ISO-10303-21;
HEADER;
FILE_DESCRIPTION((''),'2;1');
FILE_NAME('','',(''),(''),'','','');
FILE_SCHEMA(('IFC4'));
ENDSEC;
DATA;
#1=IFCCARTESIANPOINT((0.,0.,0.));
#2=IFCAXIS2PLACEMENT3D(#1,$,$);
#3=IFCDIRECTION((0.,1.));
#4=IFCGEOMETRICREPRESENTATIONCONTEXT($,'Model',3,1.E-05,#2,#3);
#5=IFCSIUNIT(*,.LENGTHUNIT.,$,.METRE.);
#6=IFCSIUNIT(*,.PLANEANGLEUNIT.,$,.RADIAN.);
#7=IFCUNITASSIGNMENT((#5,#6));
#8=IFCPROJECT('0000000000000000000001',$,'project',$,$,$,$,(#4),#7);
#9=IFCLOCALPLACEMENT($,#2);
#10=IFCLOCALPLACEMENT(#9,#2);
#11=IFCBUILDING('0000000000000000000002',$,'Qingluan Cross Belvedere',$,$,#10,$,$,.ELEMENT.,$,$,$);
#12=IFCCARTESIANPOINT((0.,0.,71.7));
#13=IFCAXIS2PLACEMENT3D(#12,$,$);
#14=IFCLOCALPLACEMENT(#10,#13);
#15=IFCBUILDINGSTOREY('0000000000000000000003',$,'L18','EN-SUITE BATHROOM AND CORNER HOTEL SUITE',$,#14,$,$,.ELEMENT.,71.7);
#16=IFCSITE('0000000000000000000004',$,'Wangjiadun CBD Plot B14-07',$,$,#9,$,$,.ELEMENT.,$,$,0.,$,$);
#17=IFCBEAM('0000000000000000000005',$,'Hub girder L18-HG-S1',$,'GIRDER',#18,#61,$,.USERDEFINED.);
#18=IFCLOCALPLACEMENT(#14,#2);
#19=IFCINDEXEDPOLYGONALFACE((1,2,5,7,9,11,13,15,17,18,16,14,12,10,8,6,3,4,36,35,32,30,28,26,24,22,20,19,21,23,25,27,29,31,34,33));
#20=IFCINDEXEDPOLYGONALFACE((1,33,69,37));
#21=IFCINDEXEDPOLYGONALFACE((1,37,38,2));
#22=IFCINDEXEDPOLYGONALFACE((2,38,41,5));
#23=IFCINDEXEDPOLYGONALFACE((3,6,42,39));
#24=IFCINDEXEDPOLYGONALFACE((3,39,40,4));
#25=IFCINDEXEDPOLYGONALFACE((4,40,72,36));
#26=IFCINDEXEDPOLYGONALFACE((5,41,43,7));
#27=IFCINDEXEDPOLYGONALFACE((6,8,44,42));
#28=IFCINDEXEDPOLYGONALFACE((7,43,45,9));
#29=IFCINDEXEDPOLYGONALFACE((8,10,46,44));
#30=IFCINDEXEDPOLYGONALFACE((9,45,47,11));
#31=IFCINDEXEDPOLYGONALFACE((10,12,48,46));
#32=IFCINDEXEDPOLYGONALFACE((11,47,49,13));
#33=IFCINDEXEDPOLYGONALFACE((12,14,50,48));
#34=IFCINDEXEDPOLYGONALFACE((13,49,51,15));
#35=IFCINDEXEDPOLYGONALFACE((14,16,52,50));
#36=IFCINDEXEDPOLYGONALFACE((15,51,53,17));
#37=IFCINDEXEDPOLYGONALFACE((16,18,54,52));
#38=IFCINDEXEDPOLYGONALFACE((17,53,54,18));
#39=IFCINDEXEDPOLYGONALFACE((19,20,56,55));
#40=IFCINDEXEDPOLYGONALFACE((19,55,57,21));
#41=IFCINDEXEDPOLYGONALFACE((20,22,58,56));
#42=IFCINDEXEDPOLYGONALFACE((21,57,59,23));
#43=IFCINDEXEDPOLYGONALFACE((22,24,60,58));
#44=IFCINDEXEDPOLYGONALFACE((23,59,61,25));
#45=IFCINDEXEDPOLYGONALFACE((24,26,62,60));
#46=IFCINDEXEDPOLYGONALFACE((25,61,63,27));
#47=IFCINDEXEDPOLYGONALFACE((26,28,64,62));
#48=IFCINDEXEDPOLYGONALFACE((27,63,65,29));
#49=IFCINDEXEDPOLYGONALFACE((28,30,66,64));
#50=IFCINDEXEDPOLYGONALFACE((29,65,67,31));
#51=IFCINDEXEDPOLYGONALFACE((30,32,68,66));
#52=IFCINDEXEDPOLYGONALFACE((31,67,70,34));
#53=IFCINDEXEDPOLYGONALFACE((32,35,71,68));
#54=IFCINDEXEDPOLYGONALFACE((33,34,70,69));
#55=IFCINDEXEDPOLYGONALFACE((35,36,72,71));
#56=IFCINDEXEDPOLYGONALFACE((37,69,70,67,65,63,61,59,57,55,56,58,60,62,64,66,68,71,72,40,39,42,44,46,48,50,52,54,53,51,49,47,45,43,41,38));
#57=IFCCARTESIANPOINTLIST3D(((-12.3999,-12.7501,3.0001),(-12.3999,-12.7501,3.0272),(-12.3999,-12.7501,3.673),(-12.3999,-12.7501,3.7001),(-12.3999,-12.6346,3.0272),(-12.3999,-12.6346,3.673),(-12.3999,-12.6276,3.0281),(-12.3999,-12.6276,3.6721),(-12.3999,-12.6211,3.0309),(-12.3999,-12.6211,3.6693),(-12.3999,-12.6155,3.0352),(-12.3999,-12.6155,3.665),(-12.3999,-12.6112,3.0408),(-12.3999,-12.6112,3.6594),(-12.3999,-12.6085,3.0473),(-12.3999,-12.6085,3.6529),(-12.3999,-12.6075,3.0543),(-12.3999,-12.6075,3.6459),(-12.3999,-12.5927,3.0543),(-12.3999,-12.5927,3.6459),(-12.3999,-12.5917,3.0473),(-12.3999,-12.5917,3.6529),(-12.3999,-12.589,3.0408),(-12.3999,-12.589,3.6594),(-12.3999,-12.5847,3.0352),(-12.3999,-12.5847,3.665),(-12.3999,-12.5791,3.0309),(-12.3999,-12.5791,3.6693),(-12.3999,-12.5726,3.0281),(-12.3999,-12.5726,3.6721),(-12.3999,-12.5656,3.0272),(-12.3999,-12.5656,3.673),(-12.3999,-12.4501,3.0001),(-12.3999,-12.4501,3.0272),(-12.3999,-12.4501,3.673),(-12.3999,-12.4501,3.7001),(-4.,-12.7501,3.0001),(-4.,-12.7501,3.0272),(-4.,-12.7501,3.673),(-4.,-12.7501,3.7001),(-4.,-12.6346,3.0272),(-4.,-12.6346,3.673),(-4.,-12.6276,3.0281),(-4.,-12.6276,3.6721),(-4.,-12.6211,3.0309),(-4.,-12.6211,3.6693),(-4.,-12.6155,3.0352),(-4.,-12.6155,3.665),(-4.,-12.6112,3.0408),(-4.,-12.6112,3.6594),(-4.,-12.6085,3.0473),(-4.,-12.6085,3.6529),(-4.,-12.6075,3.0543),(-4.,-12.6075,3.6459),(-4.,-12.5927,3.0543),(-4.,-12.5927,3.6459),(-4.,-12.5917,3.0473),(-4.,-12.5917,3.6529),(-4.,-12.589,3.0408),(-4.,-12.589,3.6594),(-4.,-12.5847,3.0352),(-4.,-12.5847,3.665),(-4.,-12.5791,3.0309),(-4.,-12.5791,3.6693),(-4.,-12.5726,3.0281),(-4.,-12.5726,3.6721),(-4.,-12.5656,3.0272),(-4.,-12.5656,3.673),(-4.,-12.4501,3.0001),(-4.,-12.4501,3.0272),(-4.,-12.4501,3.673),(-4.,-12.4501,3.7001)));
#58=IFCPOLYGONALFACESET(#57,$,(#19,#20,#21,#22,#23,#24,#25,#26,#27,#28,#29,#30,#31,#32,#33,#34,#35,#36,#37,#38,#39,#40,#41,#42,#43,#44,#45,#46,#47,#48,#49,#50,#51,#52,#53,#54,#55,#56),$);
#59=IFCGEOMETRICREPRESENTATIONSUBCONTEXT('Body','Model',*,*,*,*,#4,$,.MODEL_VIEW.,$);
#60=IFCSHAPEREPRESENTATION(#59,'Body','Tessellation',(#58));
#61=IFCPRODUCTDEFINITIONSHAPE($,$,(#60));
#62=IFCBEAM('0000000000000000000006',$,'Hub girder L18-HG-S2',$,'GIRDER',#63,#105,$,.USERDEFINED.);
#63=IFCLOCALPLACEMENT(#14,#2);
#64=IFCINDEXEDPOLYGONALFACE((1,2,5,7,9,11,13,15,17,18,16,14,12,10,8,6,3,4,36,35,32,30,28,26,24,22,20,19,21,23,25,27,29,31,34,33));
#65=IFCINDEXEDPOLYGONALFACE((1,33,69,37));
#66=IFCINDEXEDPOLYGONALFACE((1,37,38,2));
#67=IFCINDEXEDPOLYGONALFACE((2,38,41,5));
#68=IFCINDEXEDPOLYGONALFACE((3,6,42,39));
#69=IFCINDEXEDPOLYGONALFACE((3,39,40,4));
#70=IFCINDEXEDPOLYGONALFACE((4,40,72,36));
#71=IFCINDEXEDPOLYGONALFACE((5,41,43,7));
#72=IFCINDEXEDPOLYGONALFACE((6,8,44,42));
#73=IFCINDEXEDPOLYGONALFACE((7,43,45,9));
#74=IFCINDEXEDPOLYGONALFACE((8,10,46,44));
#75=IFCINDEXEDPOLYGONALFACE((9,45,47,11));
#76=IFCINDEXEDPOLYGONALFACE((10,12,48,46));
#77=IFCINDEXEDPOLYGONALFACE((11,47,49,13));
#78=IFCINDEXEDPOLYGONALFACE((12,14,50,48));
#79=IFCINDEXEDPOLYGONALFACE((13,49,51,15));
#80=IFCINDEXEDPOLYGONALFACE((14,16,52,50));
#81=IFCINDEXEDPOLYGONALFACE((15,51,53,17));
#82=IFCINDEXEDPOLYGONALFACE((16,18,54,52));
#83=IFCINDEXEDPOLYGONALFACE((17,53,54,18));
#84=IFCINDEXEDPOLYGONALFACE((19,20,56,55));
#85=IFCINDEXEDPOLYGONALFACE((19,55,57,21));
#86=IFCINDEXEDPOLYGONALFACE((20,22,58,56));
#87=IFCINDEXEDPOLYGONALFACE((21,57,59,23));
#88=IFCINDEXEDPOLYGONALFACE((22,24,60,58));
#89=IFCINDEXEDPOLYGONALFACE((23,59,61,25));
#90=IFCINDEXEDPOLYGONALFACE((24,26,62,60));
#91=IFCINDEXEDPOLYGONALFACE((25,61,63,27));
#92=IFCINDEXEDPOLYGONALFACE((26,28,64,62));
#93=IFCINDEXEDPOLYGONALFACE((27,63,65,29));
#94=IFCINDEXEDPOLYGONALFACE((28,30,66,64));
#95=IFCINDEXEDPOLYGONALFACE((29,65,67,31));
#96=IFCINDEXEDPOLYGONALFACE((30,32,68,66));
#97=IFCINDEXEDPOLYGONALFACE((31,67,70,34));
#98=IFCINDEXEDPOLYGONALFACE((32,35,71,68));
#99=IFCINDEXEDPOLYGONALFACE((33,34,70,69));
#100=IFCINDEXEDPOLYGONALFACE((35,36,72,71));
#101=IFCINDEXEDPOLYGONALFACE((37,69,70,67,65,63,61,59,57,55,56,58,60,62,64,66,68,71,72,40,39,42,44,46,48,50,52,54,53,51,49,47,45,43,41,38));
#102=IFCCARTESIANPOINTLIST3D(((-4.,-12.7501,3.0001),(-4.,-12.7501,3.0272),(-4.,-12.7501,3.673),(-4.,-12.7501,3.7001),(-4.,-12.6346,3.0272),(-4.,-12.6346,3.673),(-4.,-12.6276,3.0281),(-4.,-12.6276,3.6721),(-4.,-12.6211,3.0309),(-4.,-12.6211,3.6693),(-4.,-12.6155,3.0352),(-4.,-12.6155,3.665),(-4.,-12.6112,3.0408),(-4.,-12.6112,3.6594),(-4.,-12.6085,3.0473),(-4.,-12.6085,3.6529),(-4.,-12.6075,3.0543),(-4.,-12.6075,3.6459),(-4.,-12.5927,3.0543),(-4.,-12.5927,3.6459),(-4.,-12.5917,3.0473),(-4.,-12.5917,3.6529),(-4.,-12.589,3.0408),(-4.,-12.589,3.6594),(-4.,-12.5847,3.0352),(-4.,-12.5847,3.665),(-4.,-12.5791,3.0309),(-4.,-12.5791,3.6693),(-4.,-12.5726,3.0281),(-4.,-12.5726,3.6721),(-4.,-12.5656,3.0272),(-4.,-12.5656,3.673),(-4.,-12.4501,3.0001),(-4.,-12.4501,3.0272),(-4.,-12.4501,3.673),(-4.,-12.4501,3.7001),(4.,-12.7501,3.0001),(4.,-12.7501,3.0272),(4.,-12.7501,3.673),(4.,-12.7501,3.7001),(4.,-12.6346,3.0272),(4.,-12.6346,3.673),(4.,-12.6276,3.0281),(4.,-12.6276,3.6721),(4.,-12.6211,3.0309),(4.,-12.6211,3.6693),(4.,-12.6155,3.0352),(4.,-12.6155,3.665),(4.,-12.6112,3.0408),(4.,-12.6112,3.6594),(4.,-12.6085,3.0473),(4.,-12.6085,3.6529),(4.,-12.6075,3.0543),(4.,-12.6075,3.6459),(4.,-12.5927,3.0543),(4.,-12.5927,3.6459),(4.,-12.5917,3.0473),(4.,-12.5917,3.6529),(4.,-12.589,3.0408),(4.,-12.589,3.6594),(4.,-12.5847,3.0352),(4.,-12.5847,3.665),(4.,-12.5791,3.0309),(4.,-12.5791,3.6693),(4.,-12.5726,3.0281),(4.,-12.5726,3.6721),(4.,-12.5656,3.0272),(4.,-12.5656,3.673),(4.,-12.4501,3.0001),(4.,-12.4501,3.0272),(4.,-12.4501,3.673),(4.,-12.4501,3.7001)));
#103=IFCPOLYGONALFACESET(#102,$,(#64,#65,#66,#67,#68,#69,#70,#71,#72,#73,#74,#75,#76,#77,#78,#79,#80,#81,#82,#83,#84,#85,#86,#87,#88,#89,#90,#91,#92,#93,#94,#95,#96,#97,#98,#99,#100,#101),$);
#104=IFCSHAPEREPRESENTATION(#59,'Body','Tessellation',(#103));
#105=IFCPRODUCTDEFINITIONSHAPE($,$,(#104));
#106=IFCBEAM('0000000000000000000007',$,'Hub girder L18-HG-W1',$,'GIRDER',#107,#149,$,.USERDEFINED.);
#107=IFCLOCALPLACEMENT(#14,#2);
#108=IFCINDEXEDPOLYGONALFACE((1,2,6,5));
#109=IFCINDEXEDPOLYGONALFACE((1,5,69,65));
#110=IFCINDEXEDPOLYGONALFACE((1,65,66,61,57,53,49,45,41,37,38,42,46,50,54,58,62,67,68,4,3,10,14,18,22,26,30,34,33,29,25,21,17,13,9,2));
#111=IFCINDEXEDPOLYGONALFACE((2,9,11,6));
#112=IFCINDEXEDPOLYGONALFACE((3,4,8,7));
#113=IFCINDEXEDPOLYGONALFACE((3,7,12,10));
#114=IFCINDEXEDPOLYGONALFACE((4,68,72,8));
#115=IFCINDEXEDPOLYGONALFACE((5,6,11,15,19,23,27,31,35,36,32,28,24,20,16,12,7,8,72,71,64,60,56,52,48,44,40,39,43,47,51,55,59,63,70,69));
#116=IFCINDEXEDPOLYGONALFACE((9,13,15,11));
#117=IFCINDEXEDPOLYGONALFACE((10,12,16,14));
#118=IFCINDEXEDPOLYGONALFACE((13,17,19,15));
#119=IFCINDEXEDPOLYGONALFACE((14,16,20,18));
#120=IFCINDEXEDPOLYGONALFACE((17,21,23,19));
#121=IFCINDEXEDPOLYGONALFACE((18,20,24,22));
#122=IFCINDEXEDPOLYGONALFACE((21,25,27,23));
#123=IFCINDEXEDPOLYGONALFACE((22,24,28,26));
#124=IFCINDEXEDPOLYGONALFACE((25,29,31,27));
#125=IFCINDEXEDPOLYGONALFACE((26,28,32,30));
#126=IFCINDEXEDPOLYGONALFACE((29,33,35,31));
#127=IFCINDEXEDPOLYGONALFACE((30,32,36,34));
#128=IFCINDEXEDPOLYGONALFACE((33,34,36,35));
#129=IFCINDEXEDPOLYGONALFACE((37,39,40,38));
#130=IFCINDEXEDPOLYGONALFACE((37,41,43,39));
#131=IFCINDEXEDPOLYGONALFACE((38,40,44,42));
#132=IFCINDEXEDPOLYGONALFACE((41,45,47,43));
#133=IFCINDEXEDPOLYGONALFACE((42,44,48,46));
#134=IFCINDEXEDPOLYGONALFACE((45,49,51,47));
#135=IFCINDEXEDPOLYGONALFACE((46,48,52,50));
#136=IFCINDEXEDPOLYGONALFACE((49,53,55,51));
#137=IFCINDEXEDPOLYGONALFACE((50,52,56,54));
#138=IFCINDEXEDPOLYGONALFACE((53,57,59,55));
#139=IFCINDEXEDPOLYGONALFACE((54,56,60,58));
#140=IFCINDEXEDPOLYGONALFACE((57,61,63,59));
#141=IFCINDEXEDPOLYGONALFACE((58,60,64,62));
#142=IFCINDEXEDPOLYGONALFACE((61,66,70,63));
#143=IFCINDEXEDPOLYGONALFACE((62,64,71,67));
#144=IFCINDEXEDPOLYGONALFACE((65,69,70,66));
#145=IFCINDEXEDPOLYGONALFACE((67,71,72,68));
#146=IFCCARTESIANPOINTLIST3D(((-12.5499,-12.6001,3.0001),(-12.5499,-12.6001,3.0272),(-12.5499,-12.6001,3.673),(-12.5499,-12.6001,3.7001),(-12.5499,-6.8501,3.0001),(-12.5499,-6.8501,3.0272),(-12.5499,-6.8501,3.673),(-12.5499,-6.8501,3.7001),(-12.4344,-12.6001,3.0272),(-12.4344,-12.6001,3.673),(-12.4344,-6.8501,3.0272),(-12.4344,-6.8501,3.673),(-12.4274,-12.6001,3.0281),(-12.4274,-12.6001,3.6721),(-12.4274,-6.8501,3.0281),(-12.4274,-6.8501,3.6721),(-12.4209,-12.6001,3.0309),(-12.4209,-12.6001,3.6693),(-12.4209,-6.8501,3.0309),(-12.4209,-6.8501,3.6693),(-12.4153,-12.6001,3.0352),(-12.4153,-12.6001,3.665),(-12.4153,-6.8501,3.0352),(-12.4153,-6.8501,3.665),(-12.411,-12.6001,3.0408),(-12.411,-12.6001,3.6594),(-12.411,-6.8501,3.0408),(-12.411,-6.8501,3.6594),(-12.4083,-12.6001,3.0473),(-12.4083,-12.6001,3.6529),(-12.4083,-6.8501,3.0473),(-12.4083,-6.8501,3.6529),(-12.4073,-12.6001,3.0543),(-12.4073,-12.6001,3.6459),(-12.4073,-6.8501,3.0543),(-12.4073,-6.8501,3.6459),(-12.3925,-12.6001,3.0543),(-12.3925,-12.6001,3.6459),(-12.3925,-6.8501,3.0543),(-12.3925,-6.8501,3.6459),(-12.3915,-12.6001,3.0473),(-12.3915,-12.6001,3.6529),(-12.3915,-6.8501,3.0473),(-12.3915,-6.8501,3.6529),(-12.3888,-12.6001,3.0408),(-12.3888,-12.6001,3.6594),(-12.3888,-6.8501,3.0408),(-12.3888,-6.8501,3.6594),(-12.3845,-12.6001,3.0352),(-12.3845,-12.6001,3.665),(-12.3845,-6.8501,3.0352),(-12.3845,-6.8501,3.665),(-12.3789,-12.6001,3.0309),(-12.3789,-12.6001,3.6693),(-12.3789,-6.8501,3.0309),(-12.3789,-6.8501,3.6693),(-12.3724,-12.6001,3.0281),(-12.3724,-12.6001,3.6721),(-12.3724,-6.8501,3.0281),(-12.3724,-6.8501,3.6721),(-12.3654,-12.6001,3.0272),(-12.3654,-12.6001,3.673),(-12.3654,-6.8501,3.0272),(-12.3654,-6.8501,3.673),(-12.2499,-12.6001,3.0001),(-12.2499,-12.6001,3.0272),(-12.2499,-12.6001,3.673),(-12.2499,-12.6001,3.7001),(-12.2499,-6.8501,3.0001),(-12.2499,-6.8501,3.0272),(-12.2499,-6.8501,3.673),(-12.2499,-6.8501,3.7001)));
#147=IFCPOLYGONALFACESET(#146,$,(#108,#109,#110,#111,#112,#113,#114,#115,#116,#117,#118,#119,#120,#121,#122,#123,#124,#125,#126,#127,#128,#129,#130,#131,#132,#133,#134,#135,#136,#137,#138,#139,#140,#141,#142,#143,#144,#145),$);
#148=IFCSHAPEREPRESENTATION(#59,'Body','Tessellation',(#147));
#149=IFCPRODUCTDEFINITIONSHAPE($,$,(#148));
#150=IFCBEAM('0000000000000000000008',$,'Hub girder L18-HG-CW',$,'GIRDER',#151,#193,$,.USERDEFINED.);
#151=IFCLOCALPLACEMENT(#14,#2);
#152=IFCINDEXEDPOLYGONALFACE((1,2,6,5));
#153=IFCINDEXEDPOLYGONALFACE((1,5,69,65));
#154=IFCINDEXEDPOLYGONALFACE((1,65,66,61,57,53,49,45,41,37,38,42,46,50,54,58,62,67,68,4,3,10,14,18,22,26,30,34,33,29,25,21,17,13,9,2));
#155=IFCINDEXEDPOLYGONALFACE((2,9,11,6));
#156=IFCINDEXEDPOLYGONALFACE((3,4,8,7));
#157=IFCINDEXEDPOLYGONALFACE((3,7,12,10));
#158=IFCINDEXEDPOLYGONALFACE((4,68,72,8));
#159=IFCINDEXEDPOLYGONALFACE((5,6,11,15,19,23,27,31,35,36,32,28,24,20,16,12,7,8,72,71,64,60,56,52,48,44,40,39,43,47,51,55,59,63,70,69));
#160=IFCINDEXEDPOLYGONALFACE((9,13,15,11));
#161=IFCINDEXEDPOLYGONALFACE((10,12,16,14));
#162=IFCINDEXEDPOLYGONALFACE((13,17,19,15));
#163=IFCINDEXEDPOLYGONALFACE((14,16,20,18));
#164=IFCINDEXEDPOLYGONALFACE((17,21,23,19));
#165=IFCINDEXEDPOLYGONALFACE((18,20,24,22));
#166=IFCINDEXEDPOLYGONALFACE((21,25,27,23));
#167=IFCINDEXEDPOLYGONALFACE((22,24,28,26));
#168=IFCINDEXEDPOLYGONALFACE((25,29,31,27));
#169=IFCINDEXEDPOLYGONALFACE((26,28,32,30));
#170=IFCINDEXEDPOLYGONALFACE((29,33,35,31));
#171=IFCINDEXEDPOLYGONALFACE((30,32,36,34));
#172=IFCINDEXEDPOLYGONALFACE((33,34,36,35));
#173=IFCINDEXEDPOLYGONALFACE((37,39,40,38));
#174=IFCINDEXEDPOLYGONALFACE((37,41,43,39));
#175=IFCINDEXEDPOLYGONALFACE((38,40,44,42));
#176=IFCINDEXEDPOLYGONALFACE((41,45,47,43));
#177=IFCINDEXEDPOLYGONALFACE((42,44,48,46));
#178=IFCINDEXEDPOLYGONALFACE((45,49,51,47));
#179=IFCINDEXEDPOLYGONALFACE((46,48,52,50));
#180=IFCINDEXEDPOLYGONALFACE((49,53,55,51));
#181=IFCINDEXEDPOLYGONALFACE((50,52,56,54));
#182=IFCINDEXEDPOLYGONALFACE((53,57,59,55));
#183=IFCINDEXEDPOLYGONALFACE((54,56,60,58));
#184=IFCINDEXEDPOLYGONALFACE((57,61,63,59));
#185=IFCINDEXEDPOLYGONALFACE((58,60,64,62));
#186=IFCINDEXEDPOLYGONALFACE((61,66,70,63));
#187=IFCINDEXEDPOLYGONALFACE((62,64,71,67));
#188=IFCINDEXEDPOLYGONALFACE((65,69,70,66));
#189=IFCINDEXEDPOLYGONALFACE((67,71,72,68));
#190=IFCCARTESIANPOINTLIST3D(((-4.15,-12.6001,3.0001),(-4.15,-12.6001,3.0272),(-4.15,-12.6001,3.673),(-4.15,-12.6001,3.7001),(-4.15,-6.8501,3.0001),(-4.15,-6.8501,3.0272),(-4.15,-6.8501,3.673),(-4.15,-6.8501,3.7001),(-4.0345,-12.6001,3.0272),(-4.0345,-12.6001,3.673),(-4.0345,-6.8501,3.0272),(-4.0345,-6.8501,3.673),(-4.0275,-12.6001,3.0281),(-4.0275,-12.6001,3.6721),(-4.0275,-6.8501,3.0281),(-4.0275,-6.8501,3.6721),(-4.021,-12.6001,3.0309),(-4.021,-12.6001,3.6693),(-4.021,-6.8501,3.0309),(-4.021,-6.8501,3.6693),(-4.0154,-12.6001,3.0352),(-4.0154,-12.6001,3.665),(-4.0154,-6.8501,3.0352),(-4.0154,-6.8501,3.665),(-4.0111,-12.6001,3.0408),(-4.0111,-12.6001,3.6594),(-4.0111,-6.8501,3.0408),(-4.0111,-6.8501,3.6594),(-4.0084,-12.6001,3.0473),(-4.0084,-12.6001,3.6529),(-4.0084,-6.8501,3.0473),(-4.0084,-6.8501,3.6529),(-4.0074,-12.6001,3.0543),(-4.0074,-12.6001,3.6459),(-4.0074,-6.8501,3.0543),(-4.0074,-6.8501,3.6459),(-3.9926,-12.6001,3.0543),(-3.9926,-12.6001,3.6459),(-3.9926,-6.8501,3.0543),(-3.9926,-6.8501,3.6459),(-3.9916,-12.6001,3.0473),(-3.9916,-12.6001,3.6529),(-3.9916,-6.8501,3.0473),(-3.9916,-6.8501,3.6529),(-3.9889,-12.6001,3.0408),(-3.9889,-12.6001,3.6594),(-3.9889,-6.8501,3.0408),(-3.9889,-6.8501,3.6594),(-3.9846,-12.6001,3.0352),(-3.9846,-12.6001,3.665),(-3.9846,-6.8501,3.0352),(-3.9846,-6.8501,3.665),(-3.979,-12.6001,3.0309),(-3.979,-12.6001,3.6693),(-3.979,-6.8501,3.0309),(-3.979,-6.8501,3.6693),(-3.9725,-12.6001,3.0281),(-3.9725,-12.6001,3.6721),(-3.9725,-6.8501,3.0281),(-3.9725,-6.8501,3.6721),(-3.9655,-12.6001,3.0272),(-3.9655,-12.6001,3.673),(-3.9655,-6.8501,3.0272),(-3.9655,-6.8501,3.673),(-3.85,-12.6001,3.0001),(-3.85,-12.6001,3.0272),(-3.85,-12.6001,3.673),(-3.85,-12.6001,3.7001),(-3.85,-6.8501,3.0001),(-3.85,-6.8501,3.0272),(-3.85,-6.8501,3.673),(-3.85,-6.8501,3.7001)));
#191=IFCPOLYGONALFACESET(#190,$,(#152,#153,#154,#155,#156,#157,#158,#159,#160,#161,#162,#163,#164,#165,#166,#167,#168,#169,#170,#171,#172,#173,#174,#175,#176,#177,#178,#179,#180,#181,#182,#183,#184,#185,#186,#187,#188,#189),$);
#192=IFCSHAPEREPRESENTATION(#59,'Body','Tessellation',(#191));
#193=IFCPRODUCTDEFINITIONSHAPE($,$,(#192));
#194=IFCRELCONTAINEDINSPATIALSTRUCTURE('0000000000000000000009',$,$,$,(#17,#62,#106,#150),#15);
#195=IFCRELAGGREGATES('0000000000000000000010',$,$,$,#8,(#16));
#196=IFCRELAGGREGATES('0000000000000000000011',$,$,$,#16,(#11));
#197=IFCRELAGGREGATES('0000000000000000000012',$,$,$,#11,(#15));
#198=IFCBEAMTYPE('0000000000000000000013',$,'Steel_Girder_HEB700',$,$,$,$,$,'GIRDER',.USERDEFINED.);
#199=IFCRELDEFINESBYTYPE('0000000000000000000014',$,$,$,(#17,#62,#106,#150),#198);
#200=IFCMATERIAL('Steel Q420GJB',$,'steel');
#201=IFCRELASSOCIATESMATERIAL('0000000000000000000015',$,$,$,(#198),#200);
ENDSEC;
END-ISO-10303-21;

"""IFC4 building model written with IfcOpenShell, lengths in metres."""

from ifc_helpers import new_model, si_unit, direction, frame, origin, origin_2d, place, context, subcontext, project, spatial, i_section, extrude, material, material_profile, profile_set, type_object, element, save


model = new_model("IFC4")

# Units and contexts
model_context = context("Model", 3, precision=1e-05, world=origin(), true_north=direction((0.0, 1.0)))
body_context = subcontext(model_context, "Body", "Model", "MODEL_VIEW")
ifc_project = project(units=[si_unit("LENGTHUNIT", "METRE"), si_unit("PLANEANGLEUNIT", "RADIAN")], contexts=[model_context])

# Site, building, storey
site_placement = place(None, origin())
site = spatial("IfcSite", under=ifc_project, at=site_placement, Name="Wangjiadun CBD Plot B14-07", CompositionType="ELEMENT", RefElevation=0.0)
building_placement = place(site_placement, origin())
building = spatial("IfcBuilding", under=site, at=building_placement, Name="Qingluan Cross Belvedere", CompositionType="ELEMENT")
storey_placement = place(building_placement, frame((0.0, 0.0, 71.7)))
storey = spatial("IfcBuildingStorey", under=building, at=storey_placement, Name="L18", Description="EN-SUITE BATHROOM AND CORNER HOTEL SUITE", CompositionType="ELEMENT", Elevation=71.7)

# Beams
ifc_material_1 = material(Name="Steel Q420GJB", Category="steel")
ifc_material_profile_1 = material_profile(ifc_material_1, i_section(OverallWidth=0.3, OverallDepth=0.7, WebThickness=0.0149, FlangeThickness=0.0271, FilletRadius=0.0271, at=origin_2d()), Name="HEB700")
ifc_profile_set_1 = profile_set([ifc_material_profile_1], Name="Steel Q420GJB")
beam_type_1 = type_object("IfcBeamType", Name="Steel_Girder_HEB700", ElementType="GIRDER", PredefinedType="USERDEFINED", material=ifc_profile_set_1)
beam_1_placement = place(storey_placement, frame((-12.3999, -12.6001, 3.3501), z_axis=(1.0, 0.0, 0.0), x_axis=(0.0, 1.0, 0.0)))
element("IfcBeam", 1, at=beam_1_placement, inside=storey, type_object=beam_type_1, Name="Hub girder L18-HG-S1", ObjectType="GIRDER", PredefinedType="USERDEFINED", context=body_context, shape_type="SweptSolid", body=[
    extrude(i_section(OverallWidth=0.3, OverallDepth=0.7, WebThickness=0.0149, FlangeThickness=0.0271, FilletRadius=0.0271, at=origin_2d()), origin(), (0.0, 0.0, 1.0), 8.3999),
])
beam_2_placement = place(storey_placement, frame((-4.0, -12.6001, 3.3501), z_axis=(1.0, 0.0, 0.0), x_axis=(0.0, 1.0, 0.0)))
element("IfcBeam", 2, at=beam_2_placement, inside=storey, type_object=beam_type_1, Name="Hub girder L18-HG-S2", ObjectType="GIRDER", PredefinedType="USERDEFINED", context=body_context, shape_type="SweptSolid", body=[
    extrude(i_section(OverallWidth=0.3, OverallDepth=0.7, WebThickness=0.0149, FlangeThickness=0.0271, FilletRadius=0.0271, at=origin_2d()), origin(), (0.0, 0.0, 1.0), 8.0),
])
for number, where, z_axis, x_axis, name in (
    (3, (-12.3999, -12.6001, 3.3501), (0.0, 1.0, 0.0), (-1.0, 0.0, 0.0), "Hub girder L18-HG-W1"),
    (4, (-4.0, -12.6001, 3.3501), (0.0, 1.0, 0.0), (-1.0, 0.0, 0.0), "Hub girder L18-HG-CW"),
):
    element("IfcBeam", number, at=place(storey_placement, frame(where, z_axis=z_axis, x_axis=x_axis)), inside=storey, type_object=beam_type_1, Name=name, ObjectType="GIRDER", PredefinedType="USERDEFINED", context=body_context, shape_type="SweptSolid", body=[
        extrude(i_section(OverallWidth=0.3, OverallDepth=0.7, WebThickness=0.0149, FlangeThickness=0.0271, FilletRadius=0.0271, at=origin_2d()), origin(), (0.0, 0.0, 1.0), 5.75),
    ])

save(model, "model.ifc")
